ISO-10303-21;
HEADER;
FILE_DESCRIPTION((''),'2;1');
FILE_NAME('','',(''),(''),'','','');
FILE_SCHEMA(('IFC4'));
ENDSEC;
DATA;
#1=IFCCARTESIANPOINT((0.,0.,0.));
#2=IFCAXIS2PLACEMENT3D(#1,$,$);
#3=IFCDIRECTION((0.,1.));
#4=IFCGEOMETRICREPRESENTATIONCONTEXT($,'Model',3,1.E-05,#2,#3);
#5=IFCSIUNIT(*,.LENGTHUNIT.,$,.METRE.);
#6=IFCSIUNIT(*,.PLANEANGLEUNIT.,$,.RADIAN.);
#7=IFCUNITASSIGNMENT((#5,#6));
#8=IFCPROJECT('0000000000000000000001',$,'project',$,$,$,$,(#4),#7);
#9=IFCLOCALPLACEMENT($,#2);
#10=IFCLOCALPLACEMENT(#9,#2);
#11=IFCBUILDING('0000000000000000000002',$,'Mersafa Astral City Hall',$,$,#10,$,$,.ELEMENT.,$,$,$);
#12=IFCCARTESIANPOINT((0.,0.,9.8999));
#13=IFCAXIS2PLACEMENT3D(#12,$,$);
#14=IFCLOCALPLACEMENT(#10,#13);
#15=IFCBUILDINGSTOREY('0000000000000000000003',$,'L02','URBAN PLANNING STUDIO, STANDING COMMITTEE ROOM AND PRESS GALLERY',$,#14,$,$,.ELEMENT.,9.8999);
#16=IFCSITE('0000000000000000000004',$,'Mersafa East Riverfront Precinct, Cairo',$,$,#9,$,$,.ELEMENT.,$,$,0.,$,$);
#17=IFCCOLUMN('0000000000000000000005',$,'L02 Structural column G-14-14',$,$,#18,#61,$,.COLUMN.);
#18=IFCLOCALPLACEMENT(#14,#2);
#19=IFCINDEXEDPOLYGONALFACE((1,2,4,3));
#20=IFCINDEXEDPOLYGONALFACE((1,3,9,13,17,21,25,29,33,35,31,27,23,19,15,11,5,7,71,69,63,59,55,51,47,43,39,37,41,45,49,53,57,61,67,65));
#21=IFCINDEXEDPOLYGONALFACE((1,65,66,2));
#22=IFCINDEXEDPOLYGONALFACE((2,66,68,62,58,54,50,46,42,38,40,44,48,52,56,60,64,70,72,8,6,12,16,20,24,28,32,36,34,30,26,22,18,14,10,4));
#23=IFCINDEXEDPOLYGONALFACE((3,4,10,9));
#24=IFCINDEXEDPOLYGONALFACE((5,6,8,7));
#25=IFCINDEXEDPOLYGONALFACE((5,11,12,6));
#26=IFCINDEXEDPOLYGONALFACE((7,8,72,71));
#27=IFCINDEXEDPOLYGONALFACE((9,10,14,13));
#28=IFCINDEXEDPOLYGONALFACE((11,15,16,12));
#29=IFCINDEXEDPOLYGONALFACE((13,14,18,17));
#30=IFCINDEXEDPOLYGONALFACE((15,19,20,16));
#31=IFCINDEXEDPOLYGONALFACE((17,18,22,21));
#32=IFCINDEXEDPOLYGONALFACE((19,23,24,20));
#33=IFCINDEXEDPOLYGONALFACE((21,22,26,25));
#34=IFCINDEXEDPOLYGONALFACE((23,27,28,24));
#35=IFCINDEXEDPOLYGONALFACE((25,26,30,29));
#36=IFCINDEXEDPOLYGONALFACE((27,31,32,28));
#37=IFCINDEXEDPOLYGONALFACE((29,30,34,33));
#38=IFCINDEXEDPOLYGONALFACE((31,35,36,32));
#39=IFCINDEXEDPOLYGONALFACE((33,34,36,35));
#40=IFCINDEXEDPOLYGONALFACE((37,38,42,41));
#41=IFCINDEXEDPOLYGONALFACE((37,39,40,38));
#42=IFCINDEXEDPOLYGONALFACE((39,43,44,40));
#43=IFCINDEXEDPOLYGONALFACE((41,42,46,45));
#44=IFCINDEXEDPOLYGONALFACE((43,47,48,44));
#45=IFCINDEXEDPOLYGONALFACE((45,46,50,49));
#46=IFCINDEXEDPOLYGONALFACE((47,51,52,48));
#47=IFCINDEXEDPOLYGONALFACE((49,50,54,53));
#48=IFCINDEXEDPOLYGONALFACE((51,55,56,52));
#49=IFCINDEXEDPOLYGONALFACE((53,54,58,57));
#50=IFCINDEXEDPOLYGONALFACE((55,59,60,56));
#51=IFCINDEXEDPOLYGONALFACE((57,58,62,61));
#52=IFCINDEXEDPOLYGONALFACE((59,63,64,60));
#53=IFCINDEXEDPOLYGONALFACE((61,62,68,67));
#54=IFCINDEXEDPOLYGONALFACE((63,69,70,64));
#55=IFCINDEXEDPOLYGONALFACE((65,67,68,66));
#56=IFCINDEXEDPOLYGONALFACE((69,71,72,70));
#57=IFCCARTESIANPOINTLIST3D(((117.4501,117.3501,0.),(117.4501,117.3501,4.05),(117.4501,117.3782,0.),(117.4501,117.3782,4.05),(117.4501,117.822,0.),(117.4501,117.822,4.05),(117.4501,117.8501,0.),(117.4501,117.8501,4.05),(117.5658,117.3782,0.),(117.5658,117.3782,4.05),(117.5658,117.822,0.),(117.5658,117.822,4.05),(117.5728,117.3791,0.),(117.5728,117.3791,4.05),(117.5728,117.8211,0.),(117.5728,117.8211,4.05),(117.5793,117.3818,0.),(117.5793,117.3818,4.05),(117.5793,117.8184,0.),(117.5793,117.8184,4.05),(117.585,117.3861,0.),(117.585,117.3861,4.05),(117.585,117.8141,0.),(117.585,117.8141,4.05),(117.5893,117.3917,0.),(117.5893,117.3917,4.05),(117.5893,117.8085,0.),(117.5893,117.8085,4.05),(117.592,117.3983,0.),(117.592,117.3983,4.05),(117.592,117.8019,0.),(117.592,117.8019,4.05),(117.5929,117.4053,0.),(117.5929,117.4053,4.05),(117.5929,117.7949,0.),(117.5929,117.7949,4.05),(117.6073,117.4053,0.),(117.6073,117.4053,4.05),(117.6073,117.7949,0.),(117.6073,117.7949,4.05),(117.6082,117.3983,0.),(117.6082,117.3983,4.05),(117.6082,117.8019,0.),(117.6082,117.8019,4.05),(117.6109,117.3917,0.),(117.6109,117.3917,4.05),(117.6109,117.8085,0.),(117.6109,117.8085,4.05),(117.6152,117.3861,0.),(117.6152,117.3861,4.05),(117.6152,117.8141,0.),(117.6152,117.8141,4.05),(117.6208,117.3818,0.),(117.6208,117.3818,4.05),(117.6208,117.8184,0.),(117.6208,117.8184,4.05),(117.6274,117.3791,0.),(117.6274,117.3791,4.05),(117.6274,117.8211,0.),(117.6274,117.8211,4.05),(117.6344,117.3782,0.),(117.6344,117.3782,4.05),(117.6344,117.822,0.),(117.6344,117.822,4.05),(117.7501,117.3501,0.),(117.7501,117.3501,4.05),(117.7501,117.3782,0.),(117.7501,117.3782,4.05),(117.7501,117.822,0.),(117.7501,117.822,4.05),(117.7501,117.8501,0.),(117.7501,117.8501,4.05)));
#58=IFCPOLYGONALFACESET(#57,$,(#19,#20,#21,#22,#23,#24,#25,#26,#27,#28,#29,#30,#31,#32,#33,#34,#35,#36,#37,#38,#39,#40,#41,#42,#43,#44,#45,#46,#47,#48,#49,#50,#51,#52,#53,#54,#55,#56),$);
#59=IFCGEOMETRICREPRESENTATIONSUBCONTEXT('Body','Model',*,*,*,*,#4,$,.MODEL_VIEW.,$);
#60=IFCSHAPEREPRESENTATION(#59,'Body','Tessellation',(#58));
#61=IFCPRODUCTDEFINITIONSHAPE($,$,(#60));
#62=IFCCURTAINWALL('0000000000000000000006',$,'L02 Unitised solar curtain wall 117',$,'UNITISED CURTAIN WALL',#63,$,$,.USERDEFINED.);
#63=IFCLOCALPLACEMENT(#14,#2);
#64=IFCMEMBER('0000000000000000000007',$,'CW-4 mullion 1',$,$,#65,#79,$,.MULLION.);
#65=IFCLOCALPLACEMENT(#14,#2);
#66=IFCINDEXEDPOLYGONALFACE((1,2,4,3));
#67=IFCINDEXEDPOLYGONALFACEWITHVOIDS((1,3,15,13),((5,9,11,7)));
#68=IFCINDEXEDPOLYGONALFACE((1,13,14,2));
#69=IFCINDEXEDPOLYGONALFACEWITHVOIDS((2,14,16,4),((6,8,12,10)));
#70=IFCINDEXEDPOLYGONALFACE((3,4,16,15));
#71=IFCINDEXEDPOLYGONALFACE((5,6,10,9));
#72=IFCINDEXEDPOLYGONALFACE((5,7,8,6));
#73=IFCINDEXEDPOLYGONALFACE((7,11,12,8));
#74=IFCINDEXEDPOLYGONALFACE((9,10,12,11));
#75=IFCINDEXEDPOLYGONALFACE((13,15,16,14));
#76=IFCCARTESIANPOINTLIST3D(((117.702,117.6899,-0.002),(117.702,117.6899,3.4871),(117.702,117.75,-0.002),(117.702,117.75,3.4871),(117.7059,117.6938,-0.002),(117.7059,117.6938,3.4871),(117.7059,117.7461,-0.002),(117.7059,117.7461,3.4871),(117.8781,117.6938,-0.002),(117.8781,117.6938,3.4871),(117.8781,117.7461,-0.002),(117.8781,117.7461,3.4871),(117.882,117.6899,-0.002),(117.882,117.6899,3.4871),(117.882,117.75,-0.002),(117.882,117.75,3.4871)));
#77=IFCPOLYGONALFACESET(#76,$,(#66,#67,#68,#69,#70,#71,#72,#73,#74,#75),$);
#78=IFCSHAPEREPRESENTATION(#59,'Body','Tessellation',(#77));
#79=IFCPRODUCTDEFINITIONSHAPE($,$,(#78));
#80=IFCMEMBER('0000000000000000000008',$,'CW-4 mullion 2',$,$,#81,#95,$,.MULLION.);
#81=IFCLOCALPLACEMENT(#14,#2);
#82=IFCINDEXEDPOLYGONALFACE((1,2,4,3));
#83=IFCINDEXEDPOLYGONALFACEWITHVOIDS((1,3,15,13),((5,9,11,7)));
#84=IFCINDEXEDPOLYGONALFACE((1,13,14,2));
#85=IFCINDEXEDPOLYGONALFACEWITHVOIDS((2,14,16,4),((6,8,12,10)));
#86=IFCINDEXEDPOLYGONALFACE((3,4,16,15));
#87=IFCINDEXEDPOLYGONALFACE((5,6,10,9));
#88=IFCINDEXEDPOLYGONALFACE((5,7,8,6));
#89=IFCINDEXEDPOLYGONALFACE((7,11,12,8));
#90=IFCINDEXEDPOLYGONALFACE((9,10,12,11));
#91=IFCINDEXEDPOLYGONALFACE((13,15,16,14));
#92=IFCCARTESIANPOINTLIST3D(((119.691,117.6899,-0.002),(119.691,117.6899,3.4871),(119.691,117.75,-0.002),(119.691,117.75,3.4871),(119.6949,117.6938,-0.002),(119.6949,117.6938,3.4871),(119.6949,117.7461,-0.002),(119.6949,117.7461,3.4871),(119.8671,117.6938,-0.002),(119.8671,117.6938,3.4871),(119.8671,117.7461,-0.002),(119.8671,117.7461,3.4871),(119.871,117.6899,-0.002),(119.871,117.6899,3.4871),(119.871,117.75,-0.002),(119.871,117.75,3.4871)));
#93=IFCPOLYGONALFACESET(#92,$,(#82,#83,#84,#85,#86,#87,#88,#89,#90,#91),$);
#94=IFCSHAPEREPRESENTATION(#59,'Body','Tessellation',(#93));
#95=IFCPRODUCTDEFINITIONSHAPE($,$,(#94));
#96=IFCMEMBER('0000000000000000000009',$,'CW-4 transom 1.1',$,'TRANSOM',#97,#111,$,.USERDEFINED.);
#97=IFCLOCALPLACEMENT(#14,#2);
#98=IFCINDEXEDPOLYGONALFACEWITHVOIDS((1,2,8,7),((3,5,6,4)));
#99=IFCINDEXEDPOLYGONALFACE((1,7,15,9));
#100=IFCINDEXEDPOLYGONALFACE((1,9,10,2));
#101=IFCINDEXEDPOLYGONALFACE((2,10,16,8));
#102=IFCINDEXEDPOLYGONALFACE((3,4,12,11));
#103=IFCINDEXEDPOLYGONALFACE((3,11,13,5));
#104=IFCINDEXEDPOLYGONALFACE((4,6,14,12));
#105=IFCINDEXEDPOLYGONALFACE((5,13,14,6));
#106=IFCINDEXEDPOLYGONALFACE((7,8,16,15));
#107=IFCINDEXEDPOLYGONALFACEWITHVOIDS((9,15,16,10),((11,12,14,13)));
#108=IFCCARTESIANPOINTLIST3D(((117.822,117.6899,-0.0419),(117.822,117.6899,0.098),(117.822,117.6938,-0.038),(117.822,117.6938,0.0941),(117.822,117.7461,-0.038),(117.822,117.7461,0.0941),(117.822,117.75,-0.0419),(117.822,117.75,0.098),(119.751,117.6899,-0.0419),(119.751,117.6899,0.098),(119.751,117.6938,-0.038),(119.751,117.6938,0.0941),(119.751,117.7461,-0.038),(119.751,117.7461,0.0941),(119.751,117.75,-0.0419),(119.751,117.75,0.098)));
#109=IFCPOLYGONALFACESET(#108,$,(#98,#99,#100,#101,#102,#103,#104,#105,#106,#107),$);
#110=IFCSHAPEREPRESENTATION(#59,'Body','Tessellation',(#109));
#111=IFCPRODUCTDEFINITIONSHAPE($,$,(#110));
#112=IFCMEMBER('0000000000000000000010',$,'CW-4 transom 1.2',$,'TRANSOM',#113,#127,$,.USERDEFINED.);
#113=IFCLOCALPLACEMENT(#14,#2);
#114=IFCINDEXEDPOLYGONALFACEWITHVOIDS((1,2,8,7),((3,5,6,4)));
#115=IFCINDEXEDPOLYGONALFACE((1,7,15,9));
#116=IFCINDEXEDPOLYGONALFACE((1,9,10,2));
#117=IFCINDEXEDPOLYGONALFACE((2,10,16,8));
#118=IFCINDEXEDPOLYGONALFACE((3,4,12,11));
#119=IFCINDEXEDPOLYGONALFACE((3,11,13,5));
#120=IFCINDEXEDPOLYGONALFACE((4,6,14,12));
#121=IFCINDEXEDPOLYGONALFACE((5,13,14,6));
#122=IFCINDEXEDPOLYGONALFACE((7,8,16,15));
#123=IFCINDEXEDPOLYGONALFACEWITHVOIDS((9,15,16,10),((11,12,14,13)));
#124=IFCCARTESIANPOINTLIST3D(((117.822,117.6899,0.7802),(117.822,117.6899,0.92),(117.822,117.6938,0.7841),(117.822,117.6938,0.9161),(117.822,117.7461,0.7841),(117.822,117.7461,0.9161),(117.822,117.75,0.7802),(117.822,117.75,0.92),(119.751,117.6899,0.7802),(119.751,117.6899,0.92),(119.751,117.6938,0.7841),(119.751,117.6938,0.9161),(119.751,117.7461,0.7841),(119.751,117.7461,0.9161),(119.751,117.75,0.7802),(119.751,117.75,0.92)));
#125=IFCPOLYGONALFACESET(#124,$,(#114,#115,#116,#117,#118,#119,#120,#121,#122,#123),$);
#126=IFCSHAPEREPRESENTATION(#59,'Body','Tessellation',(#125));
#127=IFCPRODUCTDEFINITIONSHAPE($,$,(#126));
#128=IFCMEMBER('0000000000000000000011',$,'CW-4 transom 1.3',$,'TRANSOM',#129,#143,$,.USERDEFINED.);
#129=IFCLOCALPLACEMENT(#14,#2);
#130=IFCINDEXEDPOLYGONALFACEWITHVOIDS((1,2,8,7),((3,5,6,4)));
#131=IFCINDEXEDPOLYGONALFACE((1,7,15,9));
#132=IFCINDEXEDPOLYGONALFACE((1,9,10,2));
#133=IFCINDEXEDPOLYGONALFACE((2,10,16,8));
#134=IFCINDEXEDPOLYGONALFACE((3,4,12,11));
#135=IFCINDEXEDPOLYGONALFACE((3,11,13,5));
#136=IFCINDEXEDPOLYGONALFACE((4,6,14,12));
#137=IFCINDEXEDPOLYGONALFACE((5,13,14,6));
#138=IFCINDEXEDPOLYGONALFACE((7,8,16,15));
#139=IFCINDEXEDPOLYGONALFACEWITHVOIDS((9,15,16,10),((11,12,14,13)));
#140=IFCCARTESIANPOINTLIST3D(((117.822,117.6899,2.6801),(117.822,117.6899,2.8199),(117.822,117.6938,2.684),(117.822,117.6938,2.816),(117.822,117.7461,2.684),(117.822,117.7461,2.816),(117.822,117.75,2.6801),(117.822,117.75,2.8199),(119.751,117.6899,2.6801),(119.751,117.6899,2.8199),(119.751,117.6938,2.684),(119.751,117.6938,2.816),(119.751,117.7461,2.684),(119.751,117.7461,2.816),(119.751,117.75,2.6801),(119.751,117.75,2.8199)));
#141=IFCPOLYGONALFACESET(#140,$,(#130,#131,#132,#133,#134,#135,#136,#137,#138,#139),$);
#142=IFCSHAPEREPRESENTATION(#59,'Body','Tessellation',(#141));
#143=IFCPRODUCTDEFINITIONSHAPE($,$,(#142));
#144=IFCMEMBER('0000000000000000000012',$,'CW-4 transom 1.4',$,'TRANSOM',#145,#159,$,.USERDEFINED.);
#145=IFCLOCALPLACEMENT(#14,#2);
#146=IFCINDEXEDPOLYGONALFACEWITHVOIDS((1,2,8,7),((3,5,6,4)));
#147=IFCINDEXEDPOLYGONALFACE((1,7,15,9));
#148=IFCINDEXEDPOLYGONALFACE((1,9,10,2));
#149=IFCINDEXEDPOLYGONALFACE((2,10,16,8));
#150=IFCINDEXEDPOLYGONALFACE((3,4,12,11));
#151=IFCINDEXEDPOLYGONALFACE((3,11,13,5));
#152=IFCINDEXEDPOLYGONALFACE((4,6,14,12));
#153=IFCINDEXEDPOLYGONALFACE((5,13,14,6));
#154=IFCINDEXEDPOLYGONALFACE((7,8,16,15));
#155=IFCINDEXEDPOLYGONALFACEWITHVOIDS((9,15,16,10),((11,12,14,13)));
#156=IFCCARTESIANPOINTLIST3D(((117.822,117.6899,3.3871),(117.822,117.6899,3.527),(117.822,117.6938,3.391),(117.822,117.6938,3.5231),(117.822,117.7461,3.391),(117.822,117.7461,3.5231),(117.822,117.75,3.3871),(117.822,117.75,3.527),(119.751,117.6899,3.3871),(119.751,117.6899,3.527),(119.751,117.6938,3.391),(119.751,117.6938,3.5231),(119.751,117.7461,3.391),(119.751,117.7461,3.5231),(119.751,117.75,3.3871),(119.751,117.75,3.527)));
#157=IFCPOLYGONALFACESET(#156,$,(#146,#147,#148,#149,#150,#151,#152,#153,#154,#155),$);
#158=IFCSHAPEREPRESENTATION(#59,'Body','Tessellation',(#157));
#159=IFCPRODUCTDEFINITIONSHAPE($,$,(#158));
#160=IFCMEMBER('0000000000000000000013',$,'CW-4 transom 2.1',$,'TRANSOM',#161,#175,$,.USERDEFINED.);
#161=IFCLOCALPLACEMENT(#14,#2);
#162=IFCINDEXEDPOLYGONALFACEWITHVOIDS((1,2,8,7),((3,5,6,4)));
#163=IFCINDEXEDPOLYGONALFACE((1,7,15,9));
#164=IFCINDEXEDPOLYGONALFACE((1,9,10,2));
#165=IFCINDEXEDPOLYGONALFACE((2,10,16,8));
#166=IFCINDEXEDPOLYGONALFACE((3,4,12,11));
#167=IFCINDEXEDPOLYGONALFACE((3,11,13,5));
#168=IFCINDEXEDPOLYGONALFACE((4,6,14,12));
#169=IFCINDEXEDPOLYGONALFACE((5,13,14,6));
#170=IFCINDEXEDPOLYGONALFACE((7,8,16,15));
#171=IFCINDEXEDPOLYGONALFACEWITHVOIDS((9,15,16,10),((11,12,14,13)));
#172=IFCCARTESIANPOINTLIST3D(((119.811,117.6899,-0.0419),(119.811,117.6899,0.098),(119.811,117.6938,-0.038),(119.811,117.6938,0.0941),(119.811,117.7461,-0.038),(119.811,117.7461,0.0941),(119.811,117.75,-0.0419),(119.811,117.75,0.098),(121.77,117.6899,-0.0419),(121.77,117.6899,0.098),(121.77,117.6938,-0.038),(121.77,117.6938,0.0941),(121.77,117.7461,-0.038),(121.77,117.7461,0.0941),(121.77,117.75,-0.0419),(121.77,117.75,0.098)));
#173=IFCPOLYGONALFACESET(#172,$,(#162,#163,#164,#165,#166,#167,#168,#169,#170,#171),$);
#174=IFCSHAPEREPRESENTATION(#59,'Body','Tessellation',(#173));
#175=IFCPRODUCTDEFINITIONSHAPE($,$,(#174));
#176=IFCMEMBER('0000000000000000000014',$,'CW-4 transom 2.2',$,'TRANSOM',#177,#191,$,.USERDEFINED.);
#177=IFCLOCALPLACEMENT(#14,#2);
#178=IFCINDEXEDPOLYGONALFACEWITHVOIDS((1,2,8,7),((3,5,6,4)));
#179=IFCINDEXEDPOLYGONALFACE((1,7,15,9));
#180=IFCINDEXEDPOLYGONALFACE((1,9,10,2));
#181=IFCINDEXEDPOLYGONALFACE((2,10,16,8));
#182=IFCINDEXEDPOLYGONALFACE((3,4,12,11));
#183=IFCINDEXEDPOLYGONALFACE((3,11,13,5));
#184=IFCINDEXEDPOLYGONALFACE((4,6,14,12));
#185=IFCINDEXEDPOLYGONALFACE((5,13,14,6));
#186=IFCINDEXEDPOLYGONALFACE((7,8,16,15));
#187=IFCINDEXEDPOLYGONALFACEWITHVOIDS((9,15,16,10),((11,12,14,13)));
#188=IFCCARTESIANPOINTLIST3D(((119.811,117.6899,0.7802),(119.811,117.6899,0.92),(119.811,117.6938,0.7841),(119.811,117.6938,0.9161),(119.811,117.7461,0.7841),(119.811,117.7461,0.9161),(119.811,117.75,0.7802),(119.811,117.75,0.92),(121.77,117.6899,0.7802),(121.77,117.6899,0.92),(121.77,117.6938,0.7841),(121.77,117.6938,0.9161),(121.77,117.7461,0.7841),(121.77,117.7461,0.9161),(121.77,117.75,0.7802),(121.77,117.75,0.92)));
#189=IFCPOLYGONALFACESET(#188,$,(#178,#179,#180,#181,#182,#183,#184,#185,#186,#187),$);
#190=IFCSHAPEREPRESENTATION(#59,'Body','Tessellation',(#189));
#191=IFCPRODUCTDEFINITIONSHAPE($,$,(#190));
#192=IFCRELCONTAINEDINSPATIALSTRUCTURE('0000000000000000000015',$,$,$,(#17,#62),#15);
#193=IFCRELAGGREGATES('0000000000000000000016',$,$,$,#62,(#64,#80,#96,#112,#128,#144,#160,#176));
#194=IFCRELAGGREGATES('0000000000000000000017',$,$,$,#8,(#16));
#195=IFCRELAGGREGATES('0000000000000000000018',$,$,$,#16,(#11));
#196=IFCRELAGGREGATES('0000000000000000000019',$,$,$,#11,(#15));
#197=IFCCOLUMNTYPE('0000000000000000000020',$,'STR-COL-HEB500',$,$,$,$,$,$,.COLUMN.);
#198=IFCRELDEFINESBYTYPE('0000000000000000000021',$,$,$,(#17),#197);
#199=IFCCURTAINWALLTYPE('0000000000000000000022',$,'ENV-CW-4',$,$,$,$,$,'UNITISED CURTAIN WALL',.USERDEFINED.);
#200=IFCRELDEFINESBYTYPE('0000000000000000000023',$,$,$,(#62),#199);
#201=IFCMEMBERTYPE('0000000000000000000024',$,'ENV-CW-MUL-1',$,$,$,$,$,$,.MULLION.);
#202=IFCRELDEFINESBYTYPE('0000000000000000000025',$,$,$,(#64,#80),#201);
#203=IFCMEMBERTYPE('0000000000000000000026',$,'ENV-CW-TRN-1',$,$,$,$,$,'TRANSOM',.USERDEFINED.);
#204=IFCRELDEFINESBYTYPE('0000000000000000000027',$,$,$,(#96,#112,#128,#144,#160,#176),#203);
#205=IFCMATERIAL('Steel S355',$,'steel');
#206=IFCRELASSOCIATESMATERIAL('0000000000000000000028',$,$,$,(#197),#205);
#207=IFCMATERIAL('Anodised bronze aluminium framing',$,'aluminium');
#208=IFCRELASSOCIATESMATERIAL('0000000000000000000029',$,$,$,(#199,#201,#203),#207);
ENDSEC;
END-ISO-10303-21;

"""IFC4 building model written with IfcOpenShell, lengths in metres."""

from ifc_helpers import new_model, si_unit, direction, frame, origin, origin_2d, place, context, subcontext, project, spatial, hollow_rectangle, i_section, extrude, material, material_profile, profile_set, type_object, element, aggregate, save


model = new_model("IFC4")

# Units and contexts
model_context = context("Model", 3, precision=1e-05, world=origin(), true_north=direction((0.0, 1.0)))
body_context = subcontext(model_context, "Body", "Model", "MODEL_VIEW")
ifc_project = project(units=[si_unit("LENGTHUNIT", "METRE"), si_unit("PLANEANGLEUNIT", "RADIAN")], contexts=[model_context])

# Site, building, storey
site_placement = place(None, origin())
site = spatial("IfcSite", under=ifc_project, at=site_placement, Name="Mersafa East Riverfront Precinct, Cairo", CompositionType="ELEMENT", RefElevation=0.0)
building_placement = place(site_placement, origin())
building = spatial("IfcBuilding", under=site, at=building_placement, Name="Mersafa Astral City Hall", CompositionType="ELEMENT")
storey_placement = place(building_placement, frame((0.0, 0.0, 9.8999)))
storey = spatial("IfcBuildingStorey", under=building, at=storey_placement, Name="L02", Description="URBAN PLANNING STUDIO, STANDING COMMITTEE ROOM AND PRESS GALLERY", CompositionType="ELEMENT", Elevation=9.8999)

# Column
ifc_material_1 = material(Name="Steel S355", Category="steel")
ifc_material_profile_1 = material_profile(ifc_material_1, i_section(OverallWidth=0.3, OverallDepth=0.5, WebThickness=0.0144, FlangeThickness=0.0281, FilletRadius=0.0271, at=origin_2d()), Name="HEB 500")
ifc_profile_set_1 = profile_set([ifc_material_profile_1], Name="Steel S355")
column_type = type_object("IfcColumnType", Name="STR-COL-HEB500", PredefinedType="COLUMN", material=ifc_profile_set_1)
column_placement = place(storey_placement, frame((117.6001, 117.6001, 0.0), z_axis=(0.0, 0.0, 1.0), x_axis=(1.0, 0.0, 0.0)))
element("IfcColumn", 1, at=column_placement, inside=storey, type_object=column_type, Name="L02 Structural column G-14-14", PredefinedType="COLUMN", context=body_context, shape_type="SweptSolid", body=[
    extrude(i_section(OverallWidth=0.3, OverallDepth=0.5, WebThickness=0.0144, FlangeThickness=0.0281, FilletRadius=0.0271, at=origin_2d()), origin(), (0.0, 0.0, 1.0), 4.05),
])

# Curtain wall, members
ifc_material_2 = material(Name="Anodised bronze aluminium framing", Category="aluminium")
curtain_wall_type = type_object("IfcCurtainWallType", Name="ENV-CW-4", ElementType="UNITISED CURTAIN WALL", PredefinedType="USERDEFINED", material=ifc_material_2)
curtain_wall_placement = place(storey_placement, origin())
curtain_wall = element("IfcCurtainWall", 2, at=curtain_wall_placement, inside=storey, type_object=curtain_wall_type, Name="L02 Unitised solar curtain wall 117", ObjectType="UNITISED CURTAIN WALL", PredefinedType="USERDEFINED")
ifc_material_profile_2 = material_profile(ifc_material_2, hollow_rectangle(XDim=0.0601, YDim=0.1799, WallThickness=0.0039, at=origin_2d()), Name="RHS 60x180x4")
ifc_profile_set_2 = profile_set([ifc_material_profile_2], Name="Anodised bronze aluminium framing")
member_type_1 = type_object("IfcMemberType", Name="ENV-CW-MUL-1", PredefinedType="MULLION", material=ifc_profile_set_2)
member_1_placement = place(storey_placement, frame((117.792, 117.72, -0.002), z_axis=(0.0, 0.0, 1.0), x_axis=(0.0, 1.0, 0.0)))
member_1 = element("IfcMember", 3, at=member_1_placement, type_object=member_type_1, Name="CW-4 mullion 1", PredefinedType="MULLION", context=body_context, shape_type="SweptSolid", body=[
    extrude(hollow_rectangle(XDim=0.0601, YDim=0.1799, WallThickness=0.0039, at=origin_2d()), origin(), (0.0, 0.0, 1.0), 3.489),
])
member_2_placement = place(storey_placement, frame((119.781, 117.72, -0.002), z_axis=(0.0, 0.0, 1.0), x_axis=(0.0, 1.0, 0.0)))
member_2 = element("IfcMember", 4, at=member_2_placement, type_object=member_type_1, Name="CW-4 mullion 2", PredefinedType="MULLION", context=body_context, shape_type="SweptSolid", body=[
    extrude(hollow_rectangle(XDim=0.0601, YDim=0.1799, WallThickness=0.0039, at=origin_2d()), origin(), (0.0, 0.0, 1.0), 3.489),
])
ifc_material_profile_3 = material_profile(ifc_material_2, hollow_rectangle(XDim=0.0601, YDim=0.1399, WallThickness=0.0039, at=origin_2d()), Name="RHS 60x140x4")
ifc_profile_set_3 = profile_set([ifc_material_profile_3], Name="Anodised bronze aluminium framing")
member_type_2 = type_object("IfcMemberType", Name="ENV-CW-TRN-1", ElementType="TRANSOM", PredefinedType="USERDEFINED", material=ifc_profile_set_3)
member_3_placement = place(storey_placement, frame((117.822, 117.72, 0.0281), z_axis=(1.0, 0.0, 0.0), x_axis=(0.0, 1.0, 0.0)))
member_3 = element("IfcMember", 5, at=member_3_placement, type_object=member_type_2, Name="CW-4 transom 1.1", ObjectType="TRANSOM", PredefinedType="USERDEFINED", context=body_context, shape_type="SweptSolid", body=[
    extrude(hollow_rectangle(XDim=0.0601, YDim=0.1399, WallThickness=0.0039, at=origin_2d()), origin(), (0.0, 0.0, 1.0), 1.929),
])
member_4_placement = place(storey_placement, frame((117.822, 117.72, 0.8501), z_axis=(1.0, 0.0, 0.0), x_axis=(0.0, 1.0, 0.0)))
member_4 = element("IfcMember", 6, at=member_4_placement, type_object=member_type_2, Name="CW-4 transom 1.2", ObjectType="TRANSOM", PredefinedType="USERDEFINED", context=body_context, shape_type="SweptSolid", body=[
    extrude(hollow_rectangle(XDim=0.0601, YDim=0.1399, WallThickness=0.0039, at=origin_2d()), origin(), (0.0, 0.0, 1.0), 1.929),
])
member_5_placement = place(storey_placement, frame((117.822, 117.72, 2.75), z_axis=(1.0, 0.0, 0.0), x_axis=(0.0, 1.0, 0.0)))
member_5 = element("IfcMember", 7, at=member_5_placement, type_object=member_type_2, Name="CW-4 transom 1.3", ObjectType="TRANSOM", PredefinedType="USERDEFINED", context=body_context, shape_type="SweptSolid", body=[
    extrude(hollow_rectangle(XDim=0.0601, YDim=0.1399, WallThickness=0.0039, at=origin_2d()), origin(), (0.0, 0.0, 1.0), 1.929),
])
member_6_placement = place(storey_placement, frame((117.822, 117.72, 3.457), z_axis=(1.0, 0.0, 0.0), x_axis=(0.0, 1.0, 0.0)))
member_6 = element("IfcMember", 8, at=member_6_placement, type_object=member_type_2, Name="CW-4 transom 1.4", ObjectType="TRANSOM", PredefinedType="USERDEFINED", context=body_context, shape_type="SweptSolid", body=[
    extrude(hollow_rectangle(XDim=0.0601, YDim=0.1399, WallThickness=0.0039, at=origin_2d()), origin(), (0.0, 0.0, 1.0), 1.929),
])
member_7_placement = place(storey_placement, frame((119.811, 117.72, 0.0281), z_axis=(1.0, 0.0, 0.0), x_axis=(0.0, 1.0, 0.0)))
member_7 = element("IfcMember", 9, at=member_7_placement, type_object=member_type_2, Name="CW-4 transom 2.1", ObjectType="TRANSOM", PredefinedType="USERDEFINED", context=body_context, shape_type="SweptSolid", body=[
    extrude(hollow_rectangle(XDim=0.0601, YDim=0.1399, WallThickness=0.0039, at=origin_2d()), origin(), (0.0, 0.0, 1.0), 1.959),
])
member_8_placement = place(storey_placement, frame((119.811, 117.72, 0.8501), z_axis=(1.0, 0.0, 0.0), x_axis=(0.0, 1.0, 0.0)))
member_8 = element("IfcMember", 10, at=member_8_placement, type_object=member_type_2, Name="CW-4 transom 2.2", ObjectType="TRANSOM", PredefinedType="USERDEFINED", context=body_context, shape_type="SweptSolid", body=[
    extrude(hollow_rectangle(XDim=0.0601, YDim=0.1399, WallThickness=0.0039, at=origin_2d()), origin(), (0.0, 0.0, 1.0), 1.959),
])

aggregate(curtain_wall, [member_1, member_2, member_3, member_4, member_5, member_6, member_7, member_8])

save(model, "model.ifc")
